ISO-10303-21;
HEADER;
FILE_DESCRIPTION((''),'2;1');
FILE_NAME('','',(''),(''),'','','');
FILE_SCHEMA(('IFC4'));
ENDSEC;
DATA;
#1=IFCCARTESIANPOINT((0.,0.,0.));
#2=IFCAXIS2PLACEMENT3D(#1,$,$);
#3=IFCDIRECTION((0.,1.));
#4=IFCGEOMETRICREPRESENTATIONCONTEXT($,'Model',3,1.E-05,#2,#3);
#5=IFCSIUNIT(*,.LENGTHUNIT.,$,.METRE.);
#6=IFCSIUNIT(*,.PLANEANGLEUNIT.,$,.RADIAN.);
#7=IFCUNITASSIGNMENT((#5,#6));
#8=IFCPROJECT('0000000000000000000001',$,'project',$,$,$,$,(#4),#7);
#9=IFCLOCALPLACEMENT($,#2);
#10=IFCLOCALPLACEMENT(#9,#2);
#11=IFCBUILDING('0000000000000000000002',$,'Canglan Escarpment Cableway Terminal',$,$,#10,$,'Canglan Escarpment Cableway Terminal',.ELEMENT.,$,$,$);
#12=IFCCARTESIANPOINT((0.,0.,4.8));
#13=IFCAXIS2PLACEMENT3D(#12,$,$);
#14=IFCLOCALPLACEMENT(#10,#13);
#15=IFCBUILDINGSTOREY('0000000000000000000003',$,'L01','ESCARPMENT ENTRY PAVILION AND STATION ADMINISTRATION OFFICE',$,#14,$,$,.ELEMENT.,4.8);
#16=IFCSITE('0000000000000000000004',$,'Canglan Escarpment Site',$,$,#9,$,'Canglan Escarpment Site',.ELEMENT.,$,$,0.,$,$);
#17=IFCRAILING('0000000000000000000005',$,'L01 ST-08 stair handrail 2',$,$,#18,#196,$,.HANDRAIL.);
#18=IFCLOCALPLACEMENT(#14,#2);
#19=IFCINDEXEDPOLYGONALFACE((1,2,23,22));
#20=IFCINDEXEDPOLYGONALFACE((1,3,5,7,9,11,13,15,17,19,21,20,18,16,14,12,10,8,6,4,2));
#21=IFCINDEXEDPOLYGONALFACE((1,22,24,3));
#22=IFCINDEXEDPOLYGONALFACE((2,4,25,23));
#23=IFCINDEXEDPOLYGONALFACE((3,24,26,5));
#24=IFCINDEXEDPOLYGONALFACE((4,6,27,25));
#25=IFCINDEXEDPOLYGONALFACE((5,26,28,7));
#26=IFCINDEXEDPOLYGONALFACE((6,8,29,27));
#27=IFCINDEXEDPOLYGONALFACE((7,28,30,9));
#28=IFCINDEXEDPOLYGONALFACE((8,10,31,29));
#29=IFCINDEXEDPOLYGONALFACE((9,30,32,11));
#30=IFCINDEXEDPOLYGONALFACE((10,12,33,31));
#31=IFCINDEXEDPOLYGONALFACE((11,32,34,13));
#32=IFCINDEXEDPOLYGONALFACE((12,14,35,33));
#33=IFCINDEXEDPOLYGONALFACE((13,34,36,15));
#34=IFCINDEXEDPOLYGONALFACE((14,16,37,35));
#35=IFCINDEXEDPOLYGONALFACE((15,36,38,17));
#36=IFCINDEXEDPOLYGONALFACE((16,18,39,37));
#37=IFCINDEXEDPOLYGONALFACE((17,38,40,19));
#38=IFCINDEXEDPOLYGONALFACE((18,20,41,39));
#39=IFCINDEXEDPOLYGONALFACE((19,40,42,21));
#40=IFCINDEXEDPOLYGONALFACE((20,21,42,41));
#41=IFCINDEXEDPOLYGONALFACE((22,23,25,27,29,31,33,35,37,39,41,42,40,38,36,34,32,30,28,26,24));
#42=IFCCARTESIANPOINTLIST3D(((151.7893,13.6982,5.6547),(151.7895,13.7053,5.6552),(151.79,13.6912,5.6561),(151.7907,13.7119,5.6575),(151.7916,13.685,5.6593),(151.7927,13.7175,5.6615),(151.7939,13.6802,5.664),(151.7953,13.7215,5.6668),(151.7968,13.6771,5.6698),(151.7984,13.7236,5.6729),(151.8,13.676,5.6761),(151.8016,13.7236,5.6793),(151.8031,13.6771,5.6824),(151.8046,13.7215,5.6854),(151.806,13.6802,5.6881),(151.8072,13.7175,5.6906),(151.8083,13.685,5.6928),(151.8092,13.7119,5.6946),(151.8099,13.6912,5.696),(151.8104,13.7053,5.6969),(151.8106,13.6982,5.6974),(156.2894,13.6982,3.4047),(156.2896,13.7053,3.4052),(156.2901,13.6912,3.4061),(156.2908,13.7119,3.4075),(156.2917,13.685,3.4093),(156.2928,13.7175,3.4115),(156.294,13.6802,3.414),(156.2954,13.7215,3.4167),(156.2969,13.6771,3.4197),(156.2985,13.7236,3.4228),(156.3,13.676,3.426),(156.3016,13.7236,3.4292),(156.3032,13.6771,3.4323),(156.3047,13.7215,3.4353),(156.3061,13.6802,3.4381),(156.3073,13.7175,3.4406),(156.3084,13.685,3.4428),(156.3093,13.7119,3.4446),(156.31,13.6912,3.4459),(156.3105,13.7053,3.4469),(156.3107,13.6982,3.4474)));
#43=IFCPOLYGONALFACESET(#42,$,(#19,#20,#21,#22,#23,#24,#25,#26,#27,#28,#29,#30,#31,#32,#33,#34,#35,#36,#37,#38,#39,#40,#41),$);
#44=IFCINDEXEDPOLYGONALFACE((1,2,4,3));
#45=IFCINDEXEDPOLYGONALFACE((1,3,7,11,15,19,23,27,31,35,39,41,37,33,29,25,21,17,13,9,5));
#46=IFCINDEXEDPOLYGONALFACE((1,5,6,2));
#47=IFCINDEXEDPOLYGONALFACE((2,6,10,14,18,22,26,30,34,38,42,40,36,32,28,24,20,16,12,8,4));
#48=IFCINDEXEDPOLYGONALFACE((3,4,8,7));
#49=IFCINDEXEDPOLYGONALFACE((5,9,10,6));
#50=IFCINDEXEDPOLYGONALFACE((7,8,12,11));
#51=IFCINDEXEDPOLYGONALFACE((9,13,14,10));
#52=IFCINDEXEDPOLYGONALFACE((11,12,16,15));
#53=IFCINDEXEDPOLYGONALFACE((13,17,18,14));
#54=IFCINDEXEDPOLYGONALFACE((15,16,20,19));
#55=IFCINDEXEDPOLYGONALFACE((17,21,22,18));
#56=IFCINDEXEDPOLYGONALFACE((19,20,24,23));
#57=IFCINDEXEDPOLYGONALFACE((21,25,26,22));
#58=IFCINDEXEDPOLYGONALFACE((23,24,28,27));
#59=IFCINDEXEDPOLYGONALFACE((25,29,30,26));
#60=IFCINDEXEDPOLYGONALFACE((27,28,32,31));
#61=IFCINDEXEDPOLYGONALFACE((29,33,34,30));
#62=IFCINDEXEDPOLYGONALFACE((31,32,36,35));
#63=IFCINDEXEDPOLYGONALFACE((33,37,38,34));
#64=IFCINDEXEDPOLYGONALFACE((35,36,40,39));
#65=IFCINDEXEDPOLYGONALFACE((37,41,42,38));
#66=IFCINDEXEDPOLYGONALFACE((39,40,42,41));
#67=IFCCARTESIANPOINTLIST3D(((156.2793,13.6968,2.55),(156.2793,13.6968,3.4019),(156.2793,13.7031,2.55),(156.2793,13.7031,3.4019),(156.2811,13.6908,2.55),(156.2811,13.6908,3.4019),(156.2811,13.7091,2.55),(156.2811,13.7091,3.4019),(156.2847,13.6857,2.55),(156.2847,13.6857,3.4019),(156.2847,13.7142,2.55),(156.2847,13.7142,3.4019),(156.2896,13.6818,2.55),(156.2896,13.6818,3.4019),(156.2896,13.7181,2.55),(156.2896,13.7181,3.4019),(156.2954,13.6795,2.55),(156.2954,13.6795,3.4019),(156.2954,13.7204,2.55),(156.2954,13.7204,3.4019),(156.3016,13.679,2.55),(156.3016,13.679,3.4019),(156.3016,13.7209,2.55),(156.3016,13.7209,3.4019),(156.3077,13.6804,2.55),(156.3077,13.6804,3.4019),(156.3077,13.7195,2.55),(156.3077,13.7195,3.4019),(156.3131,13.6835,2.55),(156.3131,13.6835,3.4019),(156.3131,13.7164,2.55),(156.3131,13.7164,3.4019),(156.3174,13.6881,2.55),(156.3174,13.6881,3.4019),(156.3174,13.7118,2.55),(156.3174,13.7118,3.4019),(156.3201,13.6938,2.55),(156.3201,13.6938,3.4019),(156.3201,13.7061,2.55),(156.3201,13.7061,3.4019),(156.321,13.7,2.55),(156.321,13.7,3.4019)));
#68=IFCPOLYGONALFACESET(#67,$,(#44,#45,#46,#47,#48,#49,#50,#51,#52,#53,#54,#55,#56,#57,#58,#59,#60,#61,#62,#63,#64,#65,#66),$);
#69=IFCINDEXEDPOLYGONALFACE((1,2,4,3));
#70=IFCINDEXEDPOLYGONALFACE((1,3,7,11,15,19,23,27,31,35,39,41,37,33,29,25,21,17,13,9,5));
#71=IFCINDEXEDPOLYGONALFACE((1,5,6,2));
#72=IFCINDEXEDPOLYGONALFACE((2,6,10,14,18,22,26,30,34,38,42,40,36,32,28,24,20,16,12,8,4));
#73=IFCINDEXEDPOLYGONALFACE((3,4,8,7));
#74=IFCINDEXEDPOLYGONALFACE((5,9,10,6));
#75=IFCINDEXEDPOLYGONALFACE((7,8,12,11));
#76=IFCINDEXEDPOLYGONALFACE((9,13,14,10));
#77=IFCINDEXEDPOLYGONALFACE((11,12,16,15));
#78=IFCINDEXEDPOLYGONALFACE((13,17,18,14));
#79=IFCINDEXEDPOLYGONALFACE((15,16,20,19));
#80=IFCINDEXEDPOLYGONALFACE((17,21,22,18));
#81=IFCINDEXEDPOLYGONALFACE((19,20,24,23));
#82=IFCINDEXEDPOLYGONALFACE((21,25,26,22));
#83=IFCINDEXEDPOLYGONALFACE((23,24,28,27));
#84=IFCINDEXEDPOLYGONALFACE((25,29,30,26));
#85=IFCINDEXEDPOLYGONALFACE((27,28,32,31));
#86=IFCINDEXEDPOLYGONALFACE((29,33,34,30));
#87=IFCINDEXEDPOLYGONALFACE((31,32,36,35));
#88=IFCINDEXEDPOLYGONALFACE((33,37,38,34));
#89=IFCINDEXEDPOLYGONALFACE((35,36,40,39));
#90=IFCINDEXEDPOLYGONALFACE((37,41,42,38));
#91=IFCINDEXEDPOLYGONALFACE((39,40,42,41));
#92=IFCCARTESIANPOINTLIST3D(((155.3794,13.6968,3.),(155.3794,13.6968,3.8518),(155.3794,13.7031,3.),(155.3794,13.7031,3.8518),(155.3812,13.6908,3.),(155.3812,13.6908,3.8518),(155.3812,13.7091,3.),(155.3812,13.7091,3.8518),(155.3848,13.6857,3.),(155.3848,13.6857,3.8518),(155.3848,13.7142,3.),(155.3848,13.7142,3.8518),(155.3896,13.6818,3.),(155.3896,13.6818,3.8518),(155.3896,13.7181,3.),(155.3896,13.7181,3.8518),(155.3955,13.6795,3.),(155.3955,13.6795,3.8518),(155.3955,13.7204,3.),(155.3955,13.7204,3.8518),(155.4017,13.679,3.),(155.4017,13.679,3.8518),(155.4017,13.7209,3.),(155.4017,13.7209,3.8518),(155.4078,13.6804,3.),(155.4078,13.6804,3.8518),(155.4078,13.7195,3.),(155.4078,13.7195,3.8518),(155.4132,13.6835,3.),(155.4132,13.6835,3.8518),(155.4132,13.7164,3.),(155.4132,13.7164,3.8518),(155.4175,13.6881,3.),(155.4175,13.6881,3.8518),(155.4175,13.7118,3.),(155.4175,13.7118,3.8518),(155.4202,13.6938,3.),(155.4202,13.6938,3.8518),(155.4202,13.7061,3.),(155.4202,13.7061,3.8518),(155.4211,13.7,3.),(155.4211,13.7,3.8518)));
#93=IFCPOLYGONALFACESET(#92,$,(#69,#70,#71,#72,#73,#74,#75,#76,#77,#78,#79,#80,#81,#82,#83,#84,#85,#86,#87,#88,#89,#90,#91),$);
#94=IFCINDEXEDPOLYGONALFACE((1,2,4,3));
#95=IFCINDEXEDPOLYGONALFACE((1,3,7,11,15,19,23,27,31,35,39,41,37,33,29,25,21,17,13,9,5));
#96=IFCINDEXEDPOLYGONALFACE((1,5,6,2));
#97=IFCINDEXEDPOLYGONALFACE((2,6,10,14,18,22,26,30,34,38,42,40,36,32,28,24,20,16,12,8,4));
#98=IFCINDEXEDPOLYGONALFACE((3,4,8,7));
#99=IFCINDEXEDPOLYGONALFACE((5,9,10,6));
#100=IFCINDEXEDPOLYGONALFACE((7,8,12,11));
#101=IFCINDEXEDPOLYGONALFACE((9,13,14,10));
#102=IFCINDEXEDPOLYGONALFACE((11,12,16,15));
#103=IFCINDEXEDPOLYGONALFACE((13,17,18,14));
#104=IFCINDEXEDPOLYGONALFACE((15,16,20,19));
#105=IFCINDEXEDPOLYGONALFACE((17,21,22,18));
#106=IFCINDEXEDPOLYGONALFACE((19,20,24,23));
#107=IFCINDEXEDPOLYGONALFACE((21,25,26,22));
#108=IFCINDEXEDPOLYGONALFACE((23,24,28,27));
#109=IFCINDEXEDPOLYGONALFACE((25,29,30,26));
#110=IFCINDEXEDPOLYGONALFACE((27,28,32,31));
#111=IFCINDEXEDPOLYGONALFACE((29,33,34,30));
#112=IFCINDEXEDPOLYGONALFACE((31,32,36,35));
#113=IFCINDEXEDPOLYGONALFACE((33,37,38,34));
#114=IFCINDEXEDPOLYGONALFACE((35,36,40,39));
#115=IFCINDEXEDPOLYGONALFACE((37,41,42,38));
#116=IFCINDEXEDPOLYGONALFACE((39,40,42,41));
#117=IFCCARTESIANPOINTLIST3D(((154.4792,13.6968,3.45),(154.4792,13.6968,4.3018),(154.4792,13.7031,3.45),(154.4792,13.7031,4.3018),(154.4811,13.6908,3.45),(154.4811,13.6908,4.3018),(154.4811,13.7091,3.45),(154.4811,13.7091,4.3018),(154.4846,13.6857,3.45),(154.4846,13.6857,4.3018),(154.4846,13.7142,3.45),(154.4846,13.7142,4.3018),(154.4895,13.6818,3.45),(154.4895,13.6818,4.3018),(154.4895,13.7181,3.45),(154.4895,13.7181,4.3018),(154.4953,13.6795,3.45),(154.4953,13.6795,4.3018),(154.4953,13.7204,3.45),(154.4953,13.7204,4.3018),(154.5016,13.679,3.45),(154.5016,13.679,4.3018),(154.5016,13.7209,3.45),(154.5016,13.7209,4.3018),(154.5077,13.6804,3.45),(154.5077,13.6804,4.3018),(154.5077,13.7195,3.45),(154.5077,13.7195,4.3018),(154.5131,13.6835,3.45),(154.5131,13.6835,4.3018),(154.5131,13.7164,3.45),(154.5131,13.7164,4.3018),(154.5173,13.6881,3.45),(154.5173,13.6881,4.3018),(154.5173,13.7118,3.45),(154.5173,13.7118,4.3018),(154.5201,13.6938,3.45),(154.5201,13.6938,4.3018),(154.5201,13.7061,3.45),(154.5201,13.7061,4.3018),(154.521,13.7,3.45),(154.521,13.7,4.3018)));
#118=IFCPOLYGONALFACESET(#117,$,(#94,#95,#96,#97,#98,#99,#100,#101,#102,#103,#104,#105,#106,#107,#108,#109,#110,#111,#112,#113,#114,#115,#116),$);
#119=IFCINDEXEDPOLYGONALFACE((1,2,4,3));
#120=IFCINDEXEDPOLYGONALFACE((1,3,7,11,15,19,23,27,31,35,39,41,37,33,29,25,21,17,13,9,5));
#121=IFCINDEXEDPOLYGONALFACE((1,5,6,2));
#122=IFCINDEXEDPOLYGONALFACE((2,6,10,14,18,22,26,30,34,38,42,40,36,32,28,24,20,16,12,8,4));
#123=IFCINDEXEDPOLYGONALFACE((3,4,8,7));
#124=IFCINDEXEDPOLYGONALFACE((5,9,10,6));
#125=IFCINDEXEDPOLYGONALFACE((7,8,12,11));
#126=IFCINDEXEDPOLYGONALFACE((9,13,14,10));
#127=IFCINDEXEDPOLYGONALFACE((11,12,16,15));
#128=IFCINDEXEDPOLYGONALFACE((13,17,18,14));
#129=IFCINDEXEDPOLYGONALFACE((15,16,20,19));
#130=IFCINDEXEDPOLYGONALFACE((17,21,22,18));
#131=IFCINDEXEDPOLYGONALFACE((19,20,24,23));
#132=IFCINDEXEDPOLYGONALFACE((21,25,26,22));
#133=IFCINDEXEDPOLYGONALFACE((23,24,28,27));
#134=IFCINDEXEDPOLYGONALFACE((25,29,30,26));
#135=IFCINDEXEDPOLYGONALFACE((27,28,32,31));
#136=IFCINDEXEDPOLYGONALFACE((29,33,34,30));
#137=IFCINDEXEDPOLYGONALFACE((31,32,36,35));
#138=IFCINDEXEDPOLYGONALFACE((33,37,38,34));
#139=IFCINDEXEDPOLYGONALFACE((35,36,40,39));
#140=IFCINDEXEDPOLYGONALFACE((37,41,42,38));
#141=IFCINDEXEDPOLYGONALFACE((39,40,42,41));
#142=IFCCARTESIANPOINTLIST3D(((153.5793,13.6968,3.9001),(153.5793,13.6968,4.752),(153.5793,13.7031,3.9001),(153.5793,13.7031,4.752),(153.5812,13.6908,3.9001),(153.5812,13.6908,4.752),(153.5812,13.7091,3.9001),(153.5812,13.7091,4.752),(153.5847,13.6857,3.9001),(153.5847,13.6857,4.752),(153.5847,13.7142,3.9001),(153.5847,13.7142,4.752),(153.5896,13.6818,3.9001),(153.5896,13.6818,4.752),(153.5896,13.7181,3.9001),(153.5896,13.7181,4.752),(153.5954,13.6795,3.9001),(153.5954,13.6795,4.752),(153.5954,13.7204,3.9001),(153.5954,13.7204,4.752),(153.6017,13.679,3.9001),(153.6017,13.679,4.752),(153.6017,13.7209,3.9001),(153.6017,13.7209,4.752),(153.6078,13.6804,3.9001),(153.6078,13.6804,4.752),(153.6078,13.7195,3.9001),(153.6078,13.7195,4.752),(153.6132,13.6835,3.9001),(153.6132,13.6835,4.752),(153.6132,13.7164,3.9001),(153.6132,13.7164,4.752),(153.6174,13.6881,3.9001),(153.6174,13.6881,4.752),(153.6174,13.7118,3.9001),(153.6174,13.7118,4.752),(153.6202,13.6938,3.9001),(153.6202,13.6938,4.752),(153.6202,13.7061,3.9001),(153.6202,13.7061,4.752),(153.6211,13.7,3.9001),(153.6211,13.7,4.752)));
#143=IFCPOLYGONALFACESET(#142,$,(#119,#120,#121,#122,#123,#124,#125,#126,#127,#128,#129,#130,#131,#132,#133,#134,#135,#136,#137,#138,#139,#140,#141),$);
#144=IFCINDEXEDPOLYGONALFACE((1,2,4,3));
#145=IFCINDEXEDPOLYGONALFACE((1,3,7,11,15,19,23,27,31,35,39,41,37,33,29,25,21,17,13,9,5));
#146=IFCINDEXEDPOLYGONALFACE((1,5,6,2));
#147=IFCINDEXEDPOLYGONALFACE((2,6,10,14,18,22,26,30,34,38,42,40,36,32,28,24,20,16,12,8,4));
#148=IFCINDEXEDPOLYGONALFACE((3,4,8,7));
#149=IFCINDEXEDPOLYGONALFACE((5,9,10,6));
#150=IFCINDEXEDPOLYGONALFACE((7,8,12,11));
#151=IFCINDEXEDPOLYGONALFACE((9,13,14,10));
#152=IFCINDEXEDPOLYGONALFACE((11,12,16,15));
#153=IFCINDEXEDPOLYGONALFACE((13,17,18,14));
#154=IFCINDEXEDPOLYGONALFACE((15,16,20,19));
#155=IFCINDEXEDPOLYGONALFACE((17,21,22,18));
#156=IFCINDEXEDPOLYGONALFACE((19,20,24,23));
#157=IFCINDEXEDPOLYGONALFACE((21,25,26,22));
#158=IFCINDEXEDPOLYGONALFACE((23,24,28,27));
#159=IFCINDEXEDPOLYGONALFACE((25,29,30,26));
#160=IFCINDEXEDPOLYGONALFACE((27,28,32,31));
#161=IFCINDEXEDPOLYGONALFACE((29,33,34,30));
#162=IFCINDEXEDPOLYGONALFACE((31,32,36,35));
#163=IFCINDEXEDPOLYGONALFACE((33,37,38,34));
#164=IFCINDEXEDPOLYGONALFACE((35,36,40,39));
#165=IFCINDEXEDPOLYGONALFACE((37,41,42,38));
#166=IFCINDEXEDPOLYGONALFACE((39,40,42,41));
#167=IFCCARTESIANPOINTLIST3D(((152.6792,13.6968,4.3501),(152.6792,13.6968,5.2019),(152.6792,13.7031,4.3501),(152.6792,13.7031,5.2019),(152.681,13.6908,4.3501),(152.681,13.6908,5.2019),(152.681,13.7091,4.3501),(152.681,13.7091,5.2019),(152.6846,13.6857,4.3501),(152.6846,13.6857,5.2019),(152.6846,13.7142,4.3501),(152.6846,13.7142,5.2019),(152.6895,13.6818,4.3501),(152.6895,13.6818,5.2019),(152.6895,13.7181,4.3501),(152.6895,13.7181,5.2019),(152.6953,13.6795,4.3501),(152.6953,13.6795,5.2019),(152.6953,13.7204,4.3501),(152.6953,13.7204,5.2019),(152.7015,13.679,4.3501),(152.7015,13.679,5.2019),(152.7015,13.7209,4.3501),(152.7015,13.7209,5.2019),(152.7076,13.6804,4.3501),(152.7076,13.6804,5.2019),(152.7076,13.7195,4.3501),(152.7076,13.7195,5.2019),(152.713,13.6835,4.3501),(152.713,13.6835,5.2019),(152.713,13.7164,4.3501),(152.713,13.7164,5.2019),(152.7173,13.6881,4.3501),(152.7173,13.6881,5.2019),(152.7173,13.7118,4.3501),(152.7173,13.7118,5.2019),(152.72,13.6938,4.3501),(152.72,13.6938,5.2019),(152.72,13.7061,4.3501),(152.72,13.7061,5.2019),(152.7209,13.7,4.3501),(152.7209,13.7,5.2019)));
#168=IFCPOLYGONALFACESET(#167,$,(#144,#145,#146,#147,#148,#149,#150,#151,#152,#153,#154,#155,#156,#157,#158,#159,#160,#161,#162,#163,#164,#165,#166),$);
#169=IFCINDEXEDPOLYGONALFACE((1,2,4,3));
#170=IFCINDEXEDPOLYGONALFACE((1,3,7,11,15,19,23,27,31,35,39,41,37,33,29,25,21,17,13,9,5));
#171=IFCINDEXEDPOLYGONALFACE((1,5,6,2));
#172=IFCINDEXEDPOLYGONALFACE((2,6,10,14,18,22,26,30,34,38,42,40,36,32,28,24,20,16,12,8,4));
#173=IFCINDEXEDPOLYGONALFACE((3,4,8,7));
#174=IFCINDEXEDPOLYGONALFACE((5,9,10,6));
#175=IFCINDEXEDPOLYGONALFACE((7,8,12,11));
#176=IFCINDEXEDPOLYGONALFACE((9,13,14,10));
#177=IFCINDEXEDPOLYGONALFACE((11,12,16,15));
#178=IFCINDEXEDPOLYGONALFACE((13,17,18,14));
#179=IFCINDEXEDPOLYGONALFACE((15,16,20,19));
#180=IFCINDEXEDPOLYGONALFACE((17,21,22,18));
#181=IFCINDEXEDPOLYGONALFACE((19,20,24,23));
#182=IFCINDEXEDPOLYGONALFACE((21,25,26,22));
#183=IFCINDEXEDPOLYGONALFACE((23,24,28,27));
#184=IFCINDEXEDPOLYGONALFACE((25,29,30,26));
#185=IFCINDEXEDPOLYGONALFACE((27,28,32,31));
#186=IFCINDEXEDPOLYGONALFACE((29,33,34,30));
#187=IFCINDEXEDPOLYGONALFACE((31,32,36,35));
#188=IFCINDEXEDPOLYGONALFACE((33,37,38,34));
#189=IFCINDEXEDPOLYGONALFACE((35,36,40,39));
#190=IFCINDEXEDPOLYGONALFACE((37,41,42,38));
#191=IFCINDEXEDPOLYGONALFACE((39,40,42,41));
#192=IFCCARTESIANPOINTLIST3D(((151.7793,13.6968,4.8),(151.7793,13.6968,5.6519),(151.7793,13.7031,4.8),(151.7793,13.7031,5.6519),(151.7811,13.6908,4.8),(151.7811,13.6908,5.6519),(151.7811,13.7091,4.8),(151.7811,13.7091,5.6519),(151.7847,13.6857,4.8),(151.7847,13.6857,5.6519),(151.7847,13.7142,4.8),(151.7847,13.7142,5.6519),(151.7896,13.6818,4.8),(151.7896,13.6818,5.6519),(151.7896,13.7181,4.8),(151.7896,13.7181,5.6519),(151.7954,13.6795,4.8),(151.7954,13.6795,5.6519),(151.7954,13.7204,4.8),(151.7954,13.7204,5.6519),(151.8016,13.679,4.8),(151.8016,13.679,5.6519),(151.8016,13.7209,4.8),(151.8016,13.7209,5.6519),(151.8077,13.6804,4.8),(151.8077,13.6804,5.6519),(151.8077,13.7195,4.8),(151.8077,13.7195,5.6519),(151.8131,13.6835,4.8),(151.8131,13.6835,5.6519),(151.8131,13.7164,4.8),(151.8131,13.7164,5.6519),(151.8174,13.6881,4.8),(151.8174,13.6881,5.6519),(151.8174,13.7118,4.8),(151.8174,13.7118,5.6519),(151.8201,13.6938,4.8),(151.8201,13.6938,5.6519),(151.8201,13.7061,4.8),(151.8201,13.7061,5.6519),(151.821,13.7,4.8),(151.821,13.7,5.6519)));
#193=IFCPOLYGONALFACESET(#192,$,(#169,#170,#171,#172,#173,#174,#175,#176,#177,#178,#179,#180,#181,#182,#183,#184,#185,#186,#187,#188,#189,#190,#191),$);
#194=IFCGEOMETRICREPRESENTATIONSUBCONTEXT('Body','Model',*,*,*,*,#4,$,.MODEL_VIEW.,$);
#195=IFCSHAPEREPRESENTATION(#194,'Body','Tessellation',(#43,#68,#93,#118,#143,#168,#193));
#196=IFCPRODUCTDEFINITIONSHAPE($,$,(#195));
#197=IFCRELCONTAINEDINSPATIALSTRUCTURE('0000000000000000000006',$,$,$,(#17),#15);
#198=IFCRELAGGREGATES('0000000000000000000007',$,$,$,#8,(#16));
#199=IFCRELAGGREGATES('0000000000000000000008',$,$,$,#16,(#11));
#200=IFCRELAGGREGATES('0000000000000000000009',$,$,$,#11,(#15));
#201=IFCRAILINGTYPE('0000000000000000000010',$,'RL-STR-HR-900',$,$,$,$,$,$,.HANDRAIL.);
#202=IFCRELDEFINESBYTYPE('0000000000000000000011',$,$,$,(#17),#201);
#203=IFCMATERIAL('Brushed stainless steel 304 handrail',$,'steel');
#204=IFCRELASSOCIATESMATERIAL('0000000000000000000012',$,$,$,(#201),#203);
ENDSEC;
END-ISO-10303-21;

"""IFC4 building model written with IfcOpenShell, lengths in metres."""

from ifc_helpers import new_model, si_unit, direction, frame, origin, origin_2d, place, context, subcontext, project, spatial, circle, extrude, material, type_object, element, save


model = new_model("IFC4")

# Units and contexts
model_context = context("Model", 3, precision=1e-05, world=origin(), true_north=direction((0.0, 1.0)))
body_context = subcontext(model_context, "Body", "Model", "MODEL_VIEW")
ifc_project = project(units=[si_unit("LENGTHUNIT", "METRE"), si_unit("PLANEANGLEUNIT", "RADIAN")], contexts=[model_context])

# Site, building, storey
site_placement = place(None, origin())
site = spatial("IfcSite", under=ifc_project, at=site_placement, Name="Canglan Escarpment Site", LongName="Canglan Escarpment Site", CompositionType="ELEMENT", RefElevation=0.0)
building_placement = place(site_placement, origin())
building = spatial("IfcBuilding", under=site, at=building_placement, Name="Canglan Escarpment Cableway Terminal", LongName="Canglan Escarpment Cableway Terminal", CompositionType="ELEMENT")
storey_placement = place(building_placement, frame((0.0, 0.0, 4.8)))
storey = spatial("IfcBuildingStorey", under=building, at=storey_placement, Name="L01", Description="ESCARPMENT ENTRY PAVILION AND STATION ADMINISTRATION OFFICE", CompositionType="ELEMENT", Elevation=4.8)

# Railing
ifc_material_1 = material(Name="Brushed stainless steel 304 handrail", Category="steel")
railing_type_1 = type_object("IfcRailingType", Name="RL-STR-HR-900", PredefinedType="HANDRAIL", material=ifc_material_1)
railing_1_placement = place(storey_placement, frame((156.3, 13.7, 2.55)))
element("IfcRailing", 1, at=railing_1_placement, inside=storey, type_object=railing_type_1, Name="L01 ST-08 stair handrail 2", PredefinedType="HANDRAIL", context=body_context, shape_type="SweptSolid", body=[
    extrude(circle(Radius=0.0239, at=origin_2d()), frame((0.0, 0.0, 0.876), z_axis=(-0.894427, 0.0, 0.447214), x_axis=(0.0, -1.0, 0.0)), (0.0, 0.0, 1.0), 5.0312),
    extrude(circle(Radius=0.021, at=origin_2d()), origin(), (0.0, 0.0, 1.0), 0.8518),
    extrude(circle(Radius=0.021, at=origin_2d()), frame((-0.8999, 0.0, 0.45)), (0.0, 0.0, 1.0), 0.8518),
    extrude(circle(Radius=0.021, at=origin_2d()), frame((-1.8, 0.0, 0.8999)), (0.0, 0.0, 1.0), 0.8518),
    extrude(circle(Radius=0.021, at=origin_2d()), frame((-2.7, 0.0, 1.3501)), (0.0, 0.0, 1.0), 0.8518),
    extrude(circle(Radius=0.021, at=origin_2d()), frame((-3.6001, 0.0, 1.8)), (0.0, 0.0, 1.0), 0.8518),
    extrude(circle(Radius=0.021, at=origin_2d()), frame((-4.5, 0.0, 2.25)), (0.0, 0.0, 1.0), 0.8518),
])

save(model, "model.ifc")
